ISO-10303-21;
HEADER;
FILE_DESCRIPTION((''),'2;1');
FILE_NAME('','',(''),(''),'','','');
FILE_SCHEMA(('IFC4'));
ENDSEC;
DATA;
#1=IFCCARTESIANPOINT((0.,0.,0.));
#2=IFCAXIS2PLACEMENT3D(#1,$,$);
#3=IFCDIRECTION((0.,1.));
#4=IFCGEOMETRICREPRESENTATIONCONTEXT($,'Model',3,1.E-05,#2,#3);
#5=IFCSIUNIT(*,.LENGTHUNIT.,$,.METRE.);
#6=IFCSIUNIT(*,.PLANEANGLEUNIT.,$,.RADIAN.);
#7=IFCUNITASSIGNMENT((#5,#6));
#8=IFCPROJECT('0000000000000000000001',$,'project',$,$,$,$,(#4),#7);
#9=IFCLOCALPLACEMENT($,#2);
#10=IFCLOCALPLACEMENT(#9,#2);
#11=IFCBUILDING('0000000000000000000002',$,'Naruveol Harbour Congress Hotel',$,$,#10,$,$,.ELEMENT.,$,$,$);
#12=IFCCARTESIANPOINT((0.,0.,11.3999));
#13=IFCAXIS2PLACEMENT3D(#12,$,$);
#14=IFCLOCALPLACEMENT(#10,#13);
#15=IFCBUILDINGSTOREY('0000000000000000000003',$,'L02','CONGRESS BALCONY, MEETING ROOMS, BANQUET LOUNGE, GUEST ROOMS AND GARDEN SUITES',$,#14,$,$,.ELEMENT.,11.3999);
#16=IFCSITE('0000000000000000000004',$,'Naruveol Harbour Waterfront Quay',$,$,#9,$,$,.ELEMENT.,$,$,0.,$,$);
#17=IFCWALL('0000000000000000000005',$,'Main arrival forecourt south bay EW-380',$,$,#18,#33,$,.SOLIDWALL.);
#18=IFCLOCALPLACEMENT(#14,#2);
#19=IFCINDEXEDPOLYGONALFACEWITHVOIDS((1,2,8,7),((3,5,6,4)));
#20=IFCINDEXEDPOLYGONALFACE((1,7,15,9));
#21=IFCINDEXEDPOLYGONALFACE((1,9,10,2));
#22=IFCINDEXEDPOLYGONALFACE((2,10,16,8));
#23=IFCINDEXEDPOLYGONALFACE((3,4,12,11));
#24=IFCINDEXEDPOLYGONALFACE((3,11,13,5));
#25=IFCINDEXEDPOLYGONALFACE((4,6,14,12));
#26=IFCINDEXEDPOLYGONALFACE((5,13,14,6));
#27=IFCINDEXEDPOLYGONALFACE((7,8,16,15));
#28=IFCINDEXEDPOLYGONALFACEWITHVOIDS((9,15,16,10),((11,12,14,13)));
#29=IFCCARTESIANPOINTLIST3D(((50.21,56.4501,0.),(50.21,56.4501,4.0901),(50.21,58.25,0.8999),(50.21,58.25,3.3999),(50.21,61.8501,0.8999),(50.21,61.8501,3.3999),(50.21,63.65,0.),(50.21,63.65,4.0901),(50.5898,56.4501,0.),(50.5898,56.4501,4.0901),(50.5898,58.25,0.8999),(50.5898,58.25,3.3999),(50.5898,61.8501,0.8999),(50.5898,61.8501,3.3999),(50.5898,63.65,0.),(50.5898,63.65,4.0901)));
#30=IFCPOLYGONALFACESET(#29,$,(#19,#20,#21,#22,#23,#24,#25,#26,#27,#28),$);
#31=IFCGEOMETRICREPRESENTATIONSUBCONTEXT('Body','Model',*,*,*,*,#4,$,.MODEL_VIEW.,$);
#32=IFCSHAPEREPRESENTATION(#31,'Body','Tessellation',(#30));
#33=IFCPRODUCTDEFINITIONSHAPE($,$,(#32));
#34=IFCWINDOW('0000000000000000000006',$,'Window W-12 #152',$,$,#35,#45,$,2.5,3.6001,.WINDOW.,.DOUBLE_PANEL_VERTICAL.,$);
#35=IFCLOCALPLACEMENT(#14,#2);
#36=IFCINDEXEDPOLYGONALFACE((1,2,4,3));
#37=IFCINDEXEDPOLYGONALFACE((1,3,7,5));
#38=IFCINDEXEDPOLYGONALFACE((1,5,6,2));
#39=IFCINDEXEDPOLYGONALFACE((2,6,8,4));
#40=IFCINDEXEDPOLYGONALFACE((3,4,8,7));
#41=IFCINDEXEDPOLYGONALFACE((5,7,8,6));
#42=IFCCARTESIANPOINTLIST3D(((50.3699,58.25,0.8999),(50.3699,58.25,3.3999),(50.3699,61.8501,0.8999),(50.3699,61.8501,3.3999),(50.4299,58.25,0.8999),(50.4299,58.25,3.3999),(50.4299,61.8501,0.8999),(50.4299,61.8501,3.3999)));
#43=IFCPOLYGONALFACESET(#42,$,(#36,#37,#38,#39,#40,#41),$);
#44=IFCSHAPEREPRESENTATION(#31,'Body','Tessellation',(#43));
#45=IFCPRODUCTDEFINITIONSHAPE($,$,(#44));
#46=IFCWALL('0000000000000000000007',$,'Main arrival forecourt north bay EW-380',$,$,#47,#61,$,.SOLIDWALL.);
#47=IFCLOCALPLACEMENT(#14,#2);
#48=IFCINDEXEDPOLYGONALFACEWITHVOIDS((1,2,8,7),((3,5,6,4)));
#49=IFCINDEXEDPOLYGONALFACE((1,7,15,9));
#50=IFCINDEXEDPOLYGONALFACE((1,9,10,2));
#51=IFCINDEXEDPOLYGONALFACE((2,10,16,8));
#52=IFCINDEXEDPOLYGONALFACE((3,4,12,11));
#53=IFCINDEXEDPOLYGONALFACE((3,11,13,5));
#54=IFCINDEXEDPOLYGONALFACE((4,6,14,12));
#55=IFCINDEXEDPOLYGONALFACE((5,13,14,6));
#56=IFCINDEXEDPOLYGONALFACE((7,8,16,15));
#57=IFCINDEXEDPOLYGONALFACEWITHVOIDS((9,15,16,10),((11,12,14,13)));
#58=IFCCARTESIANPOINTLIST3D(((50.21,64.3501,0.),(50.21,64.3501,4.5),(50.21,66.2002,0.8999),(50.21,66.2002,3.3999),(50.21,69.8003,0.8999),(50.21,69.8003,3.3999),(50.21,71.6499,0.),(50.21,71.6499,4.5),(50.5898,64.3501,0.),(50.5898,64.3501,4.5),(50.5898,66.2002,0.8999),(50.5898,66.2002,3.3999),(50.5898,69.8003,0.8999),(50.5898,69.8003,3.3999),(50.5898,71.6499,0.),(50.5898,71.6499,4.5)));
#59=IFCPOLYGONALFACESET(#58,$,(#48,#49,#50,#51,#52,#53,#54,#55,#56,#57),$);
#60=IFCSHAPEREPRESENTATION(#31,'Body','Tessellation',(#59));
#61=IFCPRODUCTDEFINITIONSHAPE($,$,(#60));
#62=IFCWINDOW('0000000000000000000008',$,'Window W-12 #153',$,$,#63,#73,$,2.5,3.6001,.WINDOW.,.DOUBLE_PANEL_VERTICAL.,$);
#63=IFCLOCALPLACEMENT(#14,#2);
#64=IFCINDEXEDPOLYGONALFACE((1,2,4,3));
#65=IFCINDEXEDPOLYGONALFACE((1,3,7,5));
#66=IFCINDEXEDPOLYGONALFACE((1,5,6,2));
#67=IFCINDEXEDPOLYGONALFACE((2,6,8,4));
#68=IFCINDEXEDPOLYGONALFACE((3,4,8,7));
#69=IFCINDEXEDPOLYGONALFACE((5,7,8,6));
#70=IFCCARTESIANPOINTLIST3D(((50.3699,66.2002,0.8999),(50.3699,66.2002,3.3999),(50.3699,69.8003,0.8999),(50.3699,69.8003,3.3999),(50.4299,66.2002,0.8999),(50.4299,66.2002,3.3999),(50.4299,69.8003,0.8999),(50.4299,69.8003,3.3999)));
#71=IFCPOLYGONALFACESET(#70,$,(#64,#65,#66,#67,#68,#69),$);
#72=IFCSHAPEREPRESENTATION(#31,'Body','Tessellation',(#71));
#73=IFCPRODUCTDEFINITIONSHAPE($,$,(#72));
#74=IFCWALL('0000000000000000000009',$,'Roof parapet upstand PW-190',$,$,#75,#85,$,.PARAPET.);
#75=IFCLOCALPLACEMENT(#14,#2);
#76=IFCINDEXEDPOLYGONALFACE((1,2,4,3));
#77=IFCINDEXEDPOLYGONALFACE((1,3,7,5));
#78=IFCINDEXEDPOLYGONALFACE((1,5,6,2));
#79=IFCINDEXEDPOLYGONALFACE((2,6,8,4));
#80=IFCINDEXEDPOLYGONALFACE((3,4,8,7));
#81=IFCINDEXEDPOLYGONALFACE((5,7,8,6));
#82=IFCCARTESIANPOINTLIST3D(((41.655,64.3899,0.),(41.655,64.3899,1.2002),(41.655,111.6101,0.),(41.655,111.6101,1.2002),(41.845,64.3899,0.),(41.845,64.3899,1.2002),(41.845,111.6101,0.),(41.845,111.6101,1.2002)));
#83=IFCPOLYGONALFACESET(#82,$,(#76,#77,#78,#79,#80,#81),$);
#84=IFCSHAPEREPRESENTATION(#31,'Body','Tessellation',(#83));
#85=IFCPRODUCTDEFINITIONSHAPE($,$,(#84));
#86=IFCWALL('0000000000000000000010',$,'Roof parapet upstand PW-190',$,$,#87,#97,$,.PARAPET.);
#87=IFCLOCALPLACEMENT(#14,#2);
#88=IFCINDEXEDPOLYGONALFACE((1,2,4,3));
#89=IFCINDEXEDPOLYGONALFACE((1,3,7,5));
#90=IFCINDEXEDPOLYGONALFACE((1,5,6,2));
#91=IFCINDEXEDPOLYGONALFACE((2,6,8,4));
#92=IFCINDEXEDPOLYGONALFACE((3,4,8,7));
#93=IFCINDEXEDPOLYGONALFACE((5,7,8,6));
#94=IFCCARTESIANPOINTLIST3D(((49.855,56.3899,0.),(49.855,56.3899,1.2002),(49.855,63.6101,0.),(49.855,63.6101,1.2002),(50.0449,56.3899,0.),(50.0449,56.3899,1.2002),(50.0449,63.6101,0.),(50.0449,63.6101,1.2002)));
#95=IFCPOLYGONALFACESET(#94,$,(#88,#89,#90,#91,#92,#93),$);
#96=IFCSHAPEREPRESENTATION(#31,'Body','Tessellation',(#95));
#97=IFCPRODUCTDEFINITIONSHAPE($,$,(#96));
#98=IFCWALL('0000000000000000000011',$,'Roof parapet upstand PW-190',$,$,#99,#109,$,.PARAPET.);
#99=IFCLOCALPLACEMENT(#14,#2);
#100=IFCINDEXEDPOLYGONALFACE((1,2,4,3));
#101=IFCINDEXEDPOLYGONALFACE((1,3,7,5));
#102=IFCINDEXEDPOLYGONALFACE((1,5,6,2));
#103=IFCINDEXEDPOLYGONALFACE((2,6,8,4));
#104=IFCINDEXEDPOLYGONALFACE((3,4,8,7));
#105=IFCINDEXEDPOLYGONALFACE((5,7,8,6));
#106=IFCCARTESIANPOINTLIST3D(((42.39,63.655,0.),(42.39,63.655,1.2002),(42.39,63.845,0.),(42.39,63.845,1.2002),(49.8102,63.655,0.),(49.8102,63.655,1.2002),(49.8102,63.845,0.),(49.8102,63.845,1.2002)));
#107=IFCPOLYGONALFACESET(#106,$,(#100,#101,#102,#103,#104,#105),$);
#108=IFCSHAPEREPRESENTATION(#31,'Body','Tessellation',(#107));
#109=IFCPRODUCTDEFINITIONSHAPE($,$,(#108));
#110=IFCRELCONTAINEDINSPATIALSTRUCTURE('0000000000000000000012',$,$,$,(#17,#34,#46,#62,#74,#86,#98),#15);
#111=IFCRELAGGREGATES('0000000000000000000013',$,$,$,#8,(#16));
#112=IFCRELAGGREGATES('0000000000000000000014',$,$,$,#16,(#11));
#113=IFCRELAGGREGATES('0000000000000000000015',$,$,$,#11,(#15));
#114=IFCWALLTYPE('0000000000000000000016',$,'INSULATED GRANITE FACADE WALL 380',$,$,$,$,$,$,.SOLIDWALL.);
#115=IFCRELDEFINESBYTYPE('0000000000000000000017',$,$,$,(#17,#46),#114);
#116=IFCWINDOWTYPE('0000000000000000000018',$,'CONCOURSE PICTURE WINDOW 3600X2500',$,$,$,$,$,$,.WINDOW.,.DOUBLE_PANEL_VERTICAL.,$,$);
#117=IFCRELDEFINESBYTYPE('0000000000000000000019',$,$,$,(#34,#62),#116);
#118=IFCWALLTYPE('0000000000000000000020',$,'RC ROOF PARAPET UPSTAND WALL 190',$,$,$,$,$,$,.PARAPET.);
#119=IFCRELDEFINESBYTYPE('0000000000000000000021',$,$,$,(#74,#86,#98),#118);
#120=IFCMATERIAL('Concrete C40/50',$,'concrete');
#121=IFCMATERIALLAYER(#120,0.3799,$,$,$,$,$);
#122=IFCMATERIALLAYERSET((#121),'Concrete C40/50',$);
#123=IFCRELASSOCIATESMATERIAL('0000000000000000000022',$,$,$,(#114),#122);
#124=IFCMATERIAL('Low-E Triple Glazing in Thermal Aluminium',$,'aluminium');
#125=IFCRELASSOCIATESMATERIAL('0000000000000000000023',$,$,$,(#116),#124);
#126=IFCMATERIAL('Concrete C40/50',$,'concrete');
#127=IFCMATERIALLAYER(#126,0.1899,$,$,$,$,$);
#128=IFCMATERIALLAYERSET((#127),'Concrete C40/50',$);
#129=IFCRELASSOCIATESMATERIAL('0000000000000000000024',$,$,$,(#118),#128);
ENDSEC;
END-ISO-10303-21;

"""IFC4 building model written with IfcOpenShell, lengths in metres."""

from ifc_helpers import new_model, si_unit, direction, frame, frame_2d, origin, place, context, subcontext, project, spatial, rectangle, extrude, material, layer, layer_set, type_object, element, fill, save


model = new_model("IFC4")

# Units and contexts
model_context = context("Model", 3, precision=1e-05, world=origin(), true_north=direction((0.0, 1.0)))
body_context = subcontext(model_context, "Body", "Model", "MODEL_VIEW")
ifc_project = project(units=[si_unit("LENGTHUNIT", "METRE"), si_unit("PLANEANGLEUNIT", "RADIAN")], contexts=[model_context])

# Site, building, storey
site_placement = place(None, origin())
site = spatial("IfcSite", under=ifc_project, at=site_placement, Name="Naruveol Harbour Waterfront Quay", CompositionType="ELEMENT", RefElevation=0.0)
building_placement = place(site_placement, origin())
building = spatial("IfcBuilding", under=site, at=building_placement, Name="Naruveol Harbour Congress Hotel", CompositionType="ELEMENT")
storey_placement = place(building_placement, frame((0.0, 0.0, 11.3999)))
storey = spatial("IfcBuildingStorey", under=building, at=storey_placement, Name="L02", Description="CONGRESS BALCONY, MEETING ROOMS, BANQUET LOUNGE, GUEST ROOMS AND GARDEN SUITES", CompositionType="ELEMENT", Elevation=11.3999)

# Walls, openings, windows
ifc_material_1 = material(Name="Concrete C40/50", Category="concrete")
ifc_layer_1 = layer(ifc_material_1, 0.3799)
ifc_layer_set_1 = layer_set([ifc_layer_1], Name="Concrete C40/50")
wall_type_1 = type_object("IfcWallType", Name="INSULATED GRANITE FACADE WALL 380", PredefinedType="SOLIDWALL", material=ifc_layer_set_1)
wall_1_placement = place(storey_placement, frame((50.3999, 56.45, 0.0), z_axis=(0.0, 0.0, 1.0), x_axis=(0.0, 1.0, 0.0)))
wall_1 = element("IfcWall", 1, at=wall_1_placement, inside=storey, type_object=wall_type_1, Name="Main arrival forecourt south bay EW-380", PredefinedType="SOLIDWALL", context=body_context, shape_type="SweptSolid", body=[
    extrude(rectangle(XDim=7.2, YDim=0.3799, at=frame_2d((3.6001, 0.0))), origin(), (0.0, 0.0, 1.0), 4.0901),
])
opening_1_placement = place(wall_1_placement, frame((1.8, 0.0, 0.8999)))
opening_1 = element("IfcOpeningElement", 2, at=opening_1_placement, cuts=wall_1, PredefinedType="OPENING", context=body_context, shape_type="SweptSolid", body=[
    extrude(rectangle(XDim=3.6001, YDim=2.5, at=frame_2d((1.8, 1.25))), frame((0.0, 0.2, 0.0), z_axis=(0.0, -1.0, 0.0), x_axis=(1.0, 0.0, 0.0)), (0.0, 0.0, 1.0), 0.3999),
])
ifc_material_2 = material(Name="Low-E Triple Glazing in Thermal Aluminium", Category="aluminium")
window_type = type_object("IfcWindowType", Name="CONCOURSE PICTURE WINDOW 3600X2500", PartitioningType="DOUBLE_PANEL_VERTICAL", PredefinedType="WINDOW", material=ifc_material_2)
window_1_placement = place(opening_1_placement, origin())
window_1 = element("IfcWindow", 3, at=window_1_placement, inside=storey, type_object=window_type, Name="Window W-12 #152", OverallHeight=2.5, OverallWidth=3.6001, PartitioningType="DOUBLE_PANEL_VERTICAL", PredefinedType="WINDOW", context=body_context, shape_type="SweptSolid", body=[
    extrude(rectangle(XDim=3.6001, YDim=2.5, at=frame_2d((1.8, 1.25))), frame((0.0, 0.03, 0.0), z_axis=(0.0, -1.0, 0.0), x_axis=(1.0, 0.0, 0.0)), (0.0, 0.0, 1.0), 0.0601),
])
fill(opening_1, window_1)
wall_2_placement = place(storey_placement, frame((50.3999, 64.3501, 0.0), z_axis=(0.0, 0.0, 1.0), x_axis=(0.0, 1.0, 0.0)))
wall_2 = element("IfcWall", 4, at=wall_2_placement, inside=storey, type_object=wall_type_1, Name="Main arrival forecourt north bay EW-380", PredefinedType="SOLIDWALL", context=body_context, shape_type="SweptSolid", body=[
    extrude(rectangle(XDim=7.2998, YDim=0.3799, at=frame_2d((3.6499, 0.0))), origin(), (0.0, 0.0, 1.0), 4.5),
])
opening_2_placement = place(wall_2_placement, frame((1.8501, 0.0, 0.8999)))
opening_2 = element("IfcOpeningElement", 5, at=opening_2_placement, cuts=wall_2, PredefinedType="OPENING", context=body_context, shape_type="SweptSolid", body=[
    extrude(rectangle(XDim=3.6001, YDim=2.5, at=frame_2d((1.8, 1.25))), frame((0.0, 0.2, 0.0), z_axis=(0.0, -1.0, 0.0), x_axis=(1.0, 0.0, 0.0)), (0.0, 0.0, 1.0), 0.3999),
])
window_2_placement = place(opening_2_placement, origin())
window_2 = element("IfcWindow", 6, at=window_2_placement, inside=storey, type_object=window_type, Name="Window W-12 #153", OverallHeight=2.5, OverallWidth=3.6001, PartitioningType="DOUBLE_PANEL_VERTICAL", PredefinedType="WINDOW", context=body_context, shape_type="SweptSolid", body=[
    extrude(rectangle(XDim=3.6001, YDim=2.5, at=frame_2d((1.8, 1.25))), frame((0.0, 0.03, 0.0), z_axis=(0.0, -1.0, 0.0), x_axis=(1.0, 0.0, 0.0)), (0.0, 0.0, 1.0), 0.0601),
])
fill(opening_2, window_2)

# Walls
ifc_material_3 = material(Name="Concrete C40/50", Category="concrete")
ifc_layer_2 = layer(ifc_material_3, 0.1899)
ifc_layer_set_2 = layer_set([ifc_layer_2], Name="Concrete C40/50")
wall_type_2 = type_object("IfcWallType", Name="RC ROOF PARAPET UPSTAND WALL 190", PredefinedType="PARAPET", material=ifc_layer_set_2)
wall_3_placement = place(storey_placement, frame((41.75, 64.3899, 0.0), z_axis=(0.0, 0.0, 1.0), x_axis=(0.0, 1.0, 0.0)))
element("IfcWall", 7, at=wall_3_placement, inside=storey, type_object=wall_type_2, Name="Roof parapet upstand PW-190", PredefinedType="PARAPET", context=body_context, shape_type="SweptSolid", body=[
    extrude(rectangle(XDim=47.2202, YDim=0.1899, at=frame_2d((23.6101, 0.0))), origin(), (0.0, 0.0, 1.0), 1.2002),
])
wall_4_placement = place(storey_placement, frame((49.95, 56.3899, 0.0), z_axis=(0.0, 0.0, 1.0), x_axis=(0.0, 1.0, 0.0)))
element("IfcWall", 8, at=wall_4_placement, inside=storey, type_object=wall_type_2, Name="Roof parapet upstand PW-190", PredefinedType="PARAPET", context=body_context, shape_type="SweptSolid", body=[
    extrude(rectangle(XDim=7.2202, YDim=0.1899, at=frame_2d((3.6101, 0.0))), origin(), (0.0, 0.0, 1.0), 1.2002),
])
wall_5_placement = place(storey_placement, frame((49.8101, 63.75, 0.0), z_axis=(0.0, 0.0, 1.0), x_axis=(-1.0, 0.0, 0.0)))
element("IfcWall", 9, at=wall_5_placement, inside=storey, type_object=wall_type_2, Name="Roof parapet upstand PW-190", PredefinedType="PARAPET", context=body_context, shape_type="SweptSolid", body=[
    extrude(rectangle(XDim=7.4202, YDim=0.1899, at=frame_2d((3.71, 0.0))), origin(), (0.0, 0.0, 1.0), 1.2002),
])

save(model, "model.ifc")
